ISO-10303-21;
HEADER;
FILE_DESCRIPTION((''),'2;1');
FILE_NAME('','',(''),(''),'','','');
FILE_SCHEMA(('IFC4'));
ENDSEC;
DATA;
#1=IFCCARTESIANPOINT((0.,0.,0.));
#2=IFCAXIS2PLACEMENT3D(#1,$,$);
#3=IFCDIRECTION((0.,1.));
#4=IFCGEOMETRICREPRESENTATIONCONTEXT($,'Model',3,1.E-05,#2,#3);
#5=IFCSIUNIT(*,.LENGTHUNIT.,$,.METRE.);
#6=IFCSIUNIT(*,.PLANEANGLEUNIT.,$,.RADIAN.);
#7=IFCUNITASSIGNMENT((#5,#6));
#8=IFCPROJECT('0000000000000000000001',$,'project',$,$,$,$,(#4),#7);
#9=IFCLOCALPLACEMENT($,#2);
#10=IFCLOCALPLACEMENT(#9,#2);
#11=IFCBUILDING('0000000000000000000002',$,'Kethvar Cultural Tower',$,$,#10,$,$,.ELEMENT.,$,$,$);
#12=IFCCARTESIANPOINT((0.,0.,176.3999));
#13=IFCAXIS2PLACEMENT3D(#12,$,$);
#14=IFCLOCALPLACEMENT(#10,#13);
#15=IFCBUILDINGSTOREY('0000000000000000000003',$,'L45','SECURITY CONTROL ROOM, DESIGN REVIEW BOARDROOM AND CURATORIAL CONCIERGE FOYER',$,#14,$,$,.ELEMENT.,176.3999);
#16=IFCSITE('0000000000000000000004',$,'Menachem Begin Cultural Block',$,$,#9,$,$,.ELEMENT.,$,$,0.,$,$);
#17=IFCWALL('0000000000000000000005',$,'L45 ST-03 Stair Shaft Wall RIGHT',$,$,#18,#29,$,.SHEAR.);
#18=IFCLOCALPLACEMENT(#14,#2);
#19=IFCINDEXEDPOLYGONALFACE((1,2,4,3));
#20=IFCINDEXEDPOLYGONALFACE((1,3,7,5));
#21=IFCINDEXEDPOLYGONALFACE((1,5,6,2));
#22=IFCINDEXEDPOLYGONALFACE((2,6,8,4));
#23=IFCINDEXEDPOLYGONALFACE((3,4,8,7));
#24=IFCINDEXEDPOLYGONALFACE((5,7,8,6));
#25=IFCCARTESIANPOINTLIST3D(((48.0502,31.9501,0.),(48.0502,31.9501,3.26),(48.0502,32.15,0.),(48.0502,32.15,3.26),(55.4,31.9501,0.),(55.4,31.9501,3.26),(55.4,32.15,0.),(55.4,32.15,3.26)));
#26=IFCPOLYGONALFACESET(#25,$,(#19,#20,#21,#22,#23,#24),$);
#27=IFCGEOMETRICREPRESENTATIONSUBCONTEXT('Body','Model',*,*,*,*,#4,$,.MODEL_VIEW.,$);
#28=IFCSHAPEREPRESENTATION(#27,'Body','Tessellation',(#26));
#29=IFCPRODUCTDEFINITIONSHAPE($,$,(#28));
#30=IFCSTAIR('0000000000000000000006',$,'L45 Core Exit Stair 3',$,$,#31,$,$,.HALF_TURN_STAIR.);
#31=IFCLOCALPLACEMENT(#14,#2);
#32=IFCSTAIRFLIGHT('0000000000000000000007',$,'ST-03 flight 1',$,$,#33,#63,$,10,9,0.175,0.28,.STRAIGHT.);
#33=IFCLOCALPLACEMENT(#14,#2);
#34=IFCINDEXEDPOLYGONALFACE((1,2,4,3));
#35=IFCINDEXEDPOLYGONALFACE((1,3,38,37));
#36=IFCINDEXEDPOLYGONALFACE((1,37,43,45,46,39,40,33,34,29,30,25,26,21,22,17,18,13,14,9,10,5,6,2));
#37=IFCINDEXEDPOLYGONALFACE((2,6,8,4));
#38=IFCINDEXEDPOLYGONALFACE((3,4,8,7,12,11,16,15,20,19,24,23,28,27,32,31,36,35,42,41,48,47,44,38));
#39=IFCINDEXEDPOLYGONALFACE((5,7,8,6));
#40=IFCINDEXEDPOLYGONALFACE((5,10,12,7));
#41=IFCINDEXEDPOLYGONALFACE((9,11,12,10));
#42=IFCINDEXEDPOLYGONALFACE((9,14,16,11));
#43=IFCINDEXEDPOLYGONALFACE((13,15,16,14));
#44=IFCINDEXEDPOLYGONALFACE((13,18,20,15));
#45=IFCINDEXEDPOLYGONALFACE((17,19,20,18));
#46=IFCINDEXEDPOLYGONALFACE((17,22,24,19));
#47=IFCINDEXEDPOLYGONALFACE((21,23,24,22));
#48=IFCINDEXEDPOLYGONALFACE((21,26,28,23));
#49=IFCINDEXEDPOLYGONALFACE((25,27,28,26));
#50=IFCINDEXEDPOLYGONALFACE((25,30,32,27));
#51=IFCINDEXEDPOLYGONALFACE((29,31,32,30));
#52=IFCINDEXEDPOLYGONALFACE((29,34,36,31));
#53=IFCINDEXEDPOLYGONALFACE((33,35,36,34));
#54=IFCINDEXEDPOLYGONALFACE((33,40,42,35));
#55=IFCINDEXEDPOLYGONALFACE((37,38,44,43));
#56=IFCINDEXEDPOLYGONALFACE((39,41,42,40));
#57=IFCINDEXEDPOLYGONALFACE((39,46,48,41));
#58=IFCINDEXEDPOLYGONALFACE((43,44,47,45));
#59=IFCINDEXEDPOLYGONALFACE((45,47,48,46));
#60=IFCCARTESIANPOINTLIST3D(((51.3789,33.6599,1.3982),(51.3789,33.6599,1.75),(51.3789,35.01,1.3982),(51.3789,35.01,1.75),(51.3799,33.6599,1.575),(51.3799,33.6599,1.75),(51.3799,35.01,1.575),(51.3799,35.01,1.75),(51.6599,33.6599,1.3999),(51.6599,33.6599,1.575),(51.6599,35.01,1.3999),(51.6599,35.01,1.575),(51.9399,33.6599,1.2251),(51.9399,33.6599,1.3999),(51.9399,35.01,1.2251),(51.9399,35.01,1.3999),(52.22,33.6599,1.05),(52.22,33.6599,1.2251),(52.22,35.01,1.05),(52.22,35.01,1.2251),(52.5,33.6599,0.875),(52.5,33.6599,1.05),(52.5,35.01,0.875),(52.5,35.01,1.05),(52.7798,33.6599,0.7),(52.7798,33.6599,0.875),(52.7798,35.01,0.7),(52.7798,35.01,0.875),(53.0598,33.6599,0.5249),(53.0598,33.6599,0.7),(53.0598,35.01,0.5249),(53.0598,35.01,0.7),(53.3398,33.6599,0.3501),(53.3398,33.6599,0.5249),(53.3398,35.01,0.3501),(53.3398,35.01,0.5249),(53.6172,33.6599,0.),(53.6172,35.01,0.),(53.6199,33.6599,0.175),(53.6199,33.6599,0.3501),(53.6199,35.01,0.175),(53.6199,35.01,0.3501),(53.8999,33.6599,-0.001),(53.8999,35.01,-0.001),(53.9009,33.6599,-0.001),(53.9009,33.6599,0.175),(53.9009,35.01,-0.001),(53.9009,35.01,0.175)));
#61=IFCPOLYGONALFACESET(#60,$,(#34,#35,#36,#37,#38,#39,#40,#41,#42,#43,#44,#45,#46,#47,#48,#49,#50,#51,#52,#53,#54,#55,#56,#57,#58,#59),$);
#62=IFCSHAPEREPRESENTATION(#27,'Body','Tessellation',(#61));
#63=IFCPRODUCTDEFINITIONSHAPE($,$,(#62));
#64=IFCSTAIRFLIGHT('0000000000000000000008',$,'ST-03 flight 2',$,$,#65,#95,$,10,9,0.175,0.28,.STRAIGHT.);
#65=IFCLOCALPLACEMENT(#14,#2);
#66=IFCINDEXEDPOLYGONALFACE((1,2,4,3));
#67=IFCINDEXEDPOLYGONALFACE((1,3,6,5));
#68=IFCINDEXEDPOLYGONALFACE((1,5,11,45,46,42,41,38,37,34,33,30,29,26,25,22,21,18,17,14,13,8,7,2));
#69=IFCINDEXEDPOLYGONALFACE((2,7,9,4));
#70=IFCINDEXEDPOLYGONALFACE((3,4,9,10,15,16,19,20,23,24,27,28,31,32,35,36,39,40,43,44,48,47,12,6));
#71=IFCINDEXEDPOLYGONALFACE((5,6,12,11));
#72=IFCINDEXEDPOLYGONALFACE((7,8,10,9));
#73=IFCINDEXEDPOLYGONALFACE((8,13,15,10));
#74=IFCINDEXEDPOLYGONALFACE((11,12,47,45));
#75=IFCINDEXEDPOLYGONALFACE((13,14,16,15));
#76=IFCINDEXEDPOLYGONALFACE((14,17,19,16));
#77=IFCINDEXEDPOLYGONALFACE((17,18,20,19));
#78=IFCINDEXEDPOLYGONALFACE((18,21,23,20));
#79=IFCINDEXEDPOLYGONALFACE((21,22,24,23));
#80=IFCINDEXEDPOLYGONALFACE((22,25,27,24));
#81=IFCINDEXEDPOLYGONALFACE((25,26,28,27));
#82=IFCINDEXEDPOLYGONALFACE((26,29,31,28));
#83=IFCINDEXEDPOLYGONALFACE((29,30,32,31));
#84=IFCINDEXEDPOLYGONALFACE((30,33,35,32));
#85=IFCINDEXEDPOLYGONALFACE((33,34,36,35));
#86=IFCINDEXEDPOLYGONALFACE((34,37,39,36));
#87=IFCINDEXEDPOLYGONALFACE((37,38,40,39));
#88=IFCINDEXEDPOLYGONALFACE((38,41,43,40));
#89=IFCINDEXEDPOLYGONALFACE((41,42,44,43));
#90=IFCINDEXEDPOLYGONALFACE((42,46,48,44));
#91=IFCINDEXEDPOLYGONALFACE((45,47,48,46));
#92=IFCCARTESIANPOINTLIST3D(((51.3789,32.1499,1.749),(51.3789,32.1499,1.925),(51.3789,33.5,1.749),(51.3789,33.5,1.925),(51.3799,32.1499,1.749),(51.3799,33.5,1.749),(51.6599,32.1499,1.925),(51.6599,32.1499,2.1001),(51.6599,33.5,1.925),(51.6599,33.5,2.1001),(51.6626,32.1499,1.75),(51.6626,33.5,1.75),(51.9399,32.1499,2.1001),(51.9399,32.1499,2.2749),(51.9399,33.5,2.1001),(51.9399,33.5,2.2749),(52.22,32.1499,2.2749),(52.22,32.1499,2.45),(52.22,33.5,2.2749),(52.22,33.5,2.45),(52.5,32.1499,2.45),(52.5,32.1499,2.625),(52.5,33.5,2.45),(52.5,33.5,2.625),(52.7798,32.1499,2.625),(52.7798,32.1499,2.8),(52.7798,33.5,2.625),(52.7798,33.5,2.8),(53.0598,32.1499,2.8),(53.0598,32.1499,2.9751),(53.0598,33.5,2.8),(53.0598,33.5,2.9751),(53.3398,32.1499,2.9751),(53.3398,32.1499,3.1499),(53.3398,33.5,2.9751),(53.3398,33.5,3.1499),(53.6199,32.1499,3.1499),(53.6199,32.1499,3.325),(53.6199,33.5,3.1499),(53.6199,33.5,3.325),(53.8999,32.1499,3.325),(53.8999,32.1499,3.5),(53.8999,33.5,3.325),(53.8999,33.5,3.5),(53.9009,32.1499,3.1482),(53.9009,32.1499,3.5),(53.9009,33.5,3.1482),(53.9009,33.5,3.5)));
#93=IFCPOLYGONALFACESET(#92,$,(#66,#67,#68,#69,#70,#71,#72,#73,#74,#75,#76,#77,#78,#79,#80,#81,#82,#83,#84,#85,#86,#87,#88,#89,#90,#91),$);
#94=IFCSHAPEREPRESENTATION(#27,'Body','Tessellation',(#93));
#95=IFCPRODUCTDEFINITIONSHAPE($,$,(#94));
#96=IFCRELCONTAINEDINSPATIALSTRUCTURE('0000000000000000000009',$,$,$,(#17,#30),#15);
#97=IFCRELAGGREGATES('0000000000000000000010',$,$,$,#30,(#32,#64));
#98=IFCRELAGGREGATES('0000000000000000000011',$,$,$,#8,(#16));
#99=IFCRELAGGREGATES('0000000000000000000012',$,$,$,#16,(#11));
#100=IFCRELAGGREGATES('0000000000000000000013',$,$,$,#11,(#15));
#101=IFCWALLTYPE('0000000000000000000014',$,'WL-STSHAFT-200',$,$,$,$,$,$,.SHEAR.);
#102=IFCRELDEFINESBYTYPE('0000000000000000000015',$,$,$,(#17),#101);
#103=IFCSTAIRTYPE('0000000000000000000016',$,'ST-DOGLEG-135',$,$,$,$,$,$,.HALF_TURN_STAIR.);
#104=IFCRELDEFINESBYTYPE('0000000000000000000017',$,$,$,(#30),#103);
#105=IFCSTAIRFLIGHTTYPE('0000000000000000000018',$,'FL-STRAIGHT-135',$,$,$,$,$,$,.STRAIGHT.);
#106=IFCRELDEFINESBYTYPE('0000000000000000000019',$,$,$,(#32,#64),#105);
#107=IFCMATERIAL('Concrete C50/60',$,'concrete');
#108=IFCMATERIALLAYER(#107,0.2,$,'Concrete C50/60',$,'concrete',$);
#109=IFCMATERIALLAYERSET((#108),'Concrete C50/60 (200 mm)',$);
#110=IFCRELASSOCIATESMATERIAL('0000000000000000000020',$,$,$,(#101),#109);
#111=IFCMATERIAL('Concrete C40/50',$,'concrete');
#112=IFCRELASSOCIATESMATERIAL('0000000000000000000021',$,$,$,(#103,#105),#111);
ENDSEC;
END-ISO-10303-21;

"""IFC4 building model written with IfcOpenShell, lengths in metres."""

from ifc_helpers import new_model, si_unit, direction, frame, frame_2d, origin, place, context, subcontext, project, spatial, polyline, rectangle, outline, extrude, material, layer, layer_set, type_object, element, aggregate, save


model = new_model("IFC4")

# Units and contexts
model_context = context("Model", 3, precision=1e-05, world=origin(), true_north=direction((0.0, 1.0)))
body_context = subcontext(model_context, "Body", "Model", "MODEL_VIEW")
ifc_project = project(units=[si_unit("LENGTHUNIT", "METRE"), si_unit("PLANEANGLEUNIT", "RADIAN")], contexts=[model_context])

# Site, building, storey
site_placement = place(None, origin())
site = spatial("IfcSite", under=ifc_project, at=site_placement, Name="Menachem Begin Cultural Block", CompositionType="ELEMENT", RefElevation=0.0)
building_placement = place(site_placement, origin())
building = spatial("IfcBuilding", under=site, at=building_placement, Name="Kethvar Cultural Tower", CompositionType="ELEMENT")
storey_placement = place(building_placement, frame((0.0, 0.0, 176.3999)))
storey = spatial("IfcBuildingStorey", under=building, at=storey_placement, Name="L45", Description="SECURITY CONTROL ROOM, DESIGN REVIEW BOARDROOM AND CURATORIAL CONCIERGE FOYER", CompositionType="ELEMENT", Elevation=176.3999)

# Wall
ifc_material_1 = material(Name="Concrete C40/50", Category="concrete")
ifc_material_2 = material(Name="Concrete C50/60", Category="concrete")
ifc_layer_1 = layer(ifc_material_2, 0.2, Name="Concrete C50/60", Category="concrete")
ifc_layer_set_1 = layer_set([ifc_layer_1], Name="Concrete C50/60 (200 mm)")
wall_type_1 = type_object("IfcWallType", Name="WL-STSHAFT-200", PredefinedType="SHEAR", material=ifc_layer_set_1)
for number, where, z_axis, x_axis, name in (
    (1, (55.3999, 32.05, 0.0), (0.0, 0.0, 1.0), (-1.0, 0.0, 0.0), "L45 ST-03 Stair Shaft Wall RIGHT"),
):
    element("IfcWall", number, at=place(storey_placement, frame(where, z_axis=z_axis, x_axis=x_axis)), inside=storey, type_object=wall_type_1, Name=name, PredefinedType="SHEAR", context=body_context, shape_type="SweptSolid", body=[
        extrude(rectangle(XDim=7.3499, YDim=0.2, at=frame_2d((3.6748, 0.0))), origin(), (0.0, 0.0, 1.0), 3.26),
    ])

# Stair, stair flights
stair_type = type_object("IfcStairType", Name="ST-DOGLEG-135", PredefinedType="HALF_TURN_STAIR", material=ifc_material_1)
stair_placement = place(storey_placement, origin())
stair = element("IfcStair", 2, at=stair_placement, inside=storey, type_object=stair_type, Name="L45 Core Exit Stair 3", PredefinedType="HALF_TURN_STAIR")
stair_flight_type = type_object("IfcStairFlightType", Name="FL-STRAIGHT-135", PredefinedType="STRAIGHT", material=ifc_material_1)
stair_flight_1_placement = place(storey_placement, frame((53.8999, 34.335, 0.0), z_axis=(0.0, 0.0, 1.0), x_axis=(-1.0, 0.0, 0.0)))
stair_flight_1 = element("IfcStairFlight", 3, at=stair_flight_1_placement, type_object=stair_flight_type, Name="ST-03 flight 1", NumberOfRisers=10, NumberOfTreads=9, PredefinedType="STRAIGHT", RiserHeight=0.175, TreadLength=0.28, context=body_context, shape_type="SweptSolid", body=[
    extrude(outline(polyline([(-0.001, -0.001), (-0.001, 0.175), (0.28, 0.175), (0.28, 0.3501), (0.5601, 0.3501), (0.5601, 0.5249), (0.8401, 0.5249), (0.8401, 0.7), (1.1201, 0.7), (1.1201, 0.875), (1.3999, 0.875), (1.3999, 1.05), (1.6799, 1.05), (1.6799, 1.2251), (1.96, 1.2251), (1.96, 1.3999), (2.24, 1.3999), (2.24, 1.575), (2.52, 1.575), (2.52, 1.75), (2.521, 1.75), (2.521, 1.3982), (0.2827, 0.0), (0.0, -0.001), (-0.001, -0.001)])), frame((0.0, 0.675, 0.0), z_axis=(0.0, -1.0, 0.0), x_axis=(1.0, 0.0, 0.0)), (0.0, 0.0, 1.0), 1.3501),
])
stair_flight_2_placement = place(storey_placement, frame((51.3799, 32.825, 1.75), z_axis=(0.0, 0.0, 1.0), x_axis=(1.0, 0.0, 0.0)))
stair_flight_2 = element("IfcStairFlight", 4, at=stair_flight_2_placement, type_object=stair_flight_type, Name="ST-03 flight 2", NumberOfRisers=10, NumberOfTreads=9, PredefinedType="STRAIGHT", RiserHeight=0.175, TreadLength=0.28, context=body_context, shape_type="SweptSolid", body=[
    extrude(outline(polyline([(-0.001, -0.001), (-0.001, 0.175), (0.28, 0.175), (0.28, 0.3501), (0.5601, 0.3501), (0.5601, 0.5249), (0.8401, 0.5249), (0.8401, 0.7), (1.1201, 0.7), (1.1201, 0.875), (1.3999, 0.875), (1.3999, 1.05), (1.6799, 1.05), (1.6799, 1.2251), (1.96, 1.2251), (1.96, 1.3999), (2.24, 1.3999), (2.24, 1.575), (2.52, 1.575), (2.52, 1.75), (2.521, 1.75), (2.521, 1.3982), (0.2827, 0.0), (0.0, -0.001), (-0.001, -0.001)])), frame((0.0, 0.675, 0.0), z_axis=(0.0, -1.0, 0.0), x_axis=(1.0, 0.0, 0.0)), (0.0, 0.0, 1.0), 1.3501),
])
aggregate(stair, [stair_flight_1, stair_flight_2])

save(model, "model.ifc")
